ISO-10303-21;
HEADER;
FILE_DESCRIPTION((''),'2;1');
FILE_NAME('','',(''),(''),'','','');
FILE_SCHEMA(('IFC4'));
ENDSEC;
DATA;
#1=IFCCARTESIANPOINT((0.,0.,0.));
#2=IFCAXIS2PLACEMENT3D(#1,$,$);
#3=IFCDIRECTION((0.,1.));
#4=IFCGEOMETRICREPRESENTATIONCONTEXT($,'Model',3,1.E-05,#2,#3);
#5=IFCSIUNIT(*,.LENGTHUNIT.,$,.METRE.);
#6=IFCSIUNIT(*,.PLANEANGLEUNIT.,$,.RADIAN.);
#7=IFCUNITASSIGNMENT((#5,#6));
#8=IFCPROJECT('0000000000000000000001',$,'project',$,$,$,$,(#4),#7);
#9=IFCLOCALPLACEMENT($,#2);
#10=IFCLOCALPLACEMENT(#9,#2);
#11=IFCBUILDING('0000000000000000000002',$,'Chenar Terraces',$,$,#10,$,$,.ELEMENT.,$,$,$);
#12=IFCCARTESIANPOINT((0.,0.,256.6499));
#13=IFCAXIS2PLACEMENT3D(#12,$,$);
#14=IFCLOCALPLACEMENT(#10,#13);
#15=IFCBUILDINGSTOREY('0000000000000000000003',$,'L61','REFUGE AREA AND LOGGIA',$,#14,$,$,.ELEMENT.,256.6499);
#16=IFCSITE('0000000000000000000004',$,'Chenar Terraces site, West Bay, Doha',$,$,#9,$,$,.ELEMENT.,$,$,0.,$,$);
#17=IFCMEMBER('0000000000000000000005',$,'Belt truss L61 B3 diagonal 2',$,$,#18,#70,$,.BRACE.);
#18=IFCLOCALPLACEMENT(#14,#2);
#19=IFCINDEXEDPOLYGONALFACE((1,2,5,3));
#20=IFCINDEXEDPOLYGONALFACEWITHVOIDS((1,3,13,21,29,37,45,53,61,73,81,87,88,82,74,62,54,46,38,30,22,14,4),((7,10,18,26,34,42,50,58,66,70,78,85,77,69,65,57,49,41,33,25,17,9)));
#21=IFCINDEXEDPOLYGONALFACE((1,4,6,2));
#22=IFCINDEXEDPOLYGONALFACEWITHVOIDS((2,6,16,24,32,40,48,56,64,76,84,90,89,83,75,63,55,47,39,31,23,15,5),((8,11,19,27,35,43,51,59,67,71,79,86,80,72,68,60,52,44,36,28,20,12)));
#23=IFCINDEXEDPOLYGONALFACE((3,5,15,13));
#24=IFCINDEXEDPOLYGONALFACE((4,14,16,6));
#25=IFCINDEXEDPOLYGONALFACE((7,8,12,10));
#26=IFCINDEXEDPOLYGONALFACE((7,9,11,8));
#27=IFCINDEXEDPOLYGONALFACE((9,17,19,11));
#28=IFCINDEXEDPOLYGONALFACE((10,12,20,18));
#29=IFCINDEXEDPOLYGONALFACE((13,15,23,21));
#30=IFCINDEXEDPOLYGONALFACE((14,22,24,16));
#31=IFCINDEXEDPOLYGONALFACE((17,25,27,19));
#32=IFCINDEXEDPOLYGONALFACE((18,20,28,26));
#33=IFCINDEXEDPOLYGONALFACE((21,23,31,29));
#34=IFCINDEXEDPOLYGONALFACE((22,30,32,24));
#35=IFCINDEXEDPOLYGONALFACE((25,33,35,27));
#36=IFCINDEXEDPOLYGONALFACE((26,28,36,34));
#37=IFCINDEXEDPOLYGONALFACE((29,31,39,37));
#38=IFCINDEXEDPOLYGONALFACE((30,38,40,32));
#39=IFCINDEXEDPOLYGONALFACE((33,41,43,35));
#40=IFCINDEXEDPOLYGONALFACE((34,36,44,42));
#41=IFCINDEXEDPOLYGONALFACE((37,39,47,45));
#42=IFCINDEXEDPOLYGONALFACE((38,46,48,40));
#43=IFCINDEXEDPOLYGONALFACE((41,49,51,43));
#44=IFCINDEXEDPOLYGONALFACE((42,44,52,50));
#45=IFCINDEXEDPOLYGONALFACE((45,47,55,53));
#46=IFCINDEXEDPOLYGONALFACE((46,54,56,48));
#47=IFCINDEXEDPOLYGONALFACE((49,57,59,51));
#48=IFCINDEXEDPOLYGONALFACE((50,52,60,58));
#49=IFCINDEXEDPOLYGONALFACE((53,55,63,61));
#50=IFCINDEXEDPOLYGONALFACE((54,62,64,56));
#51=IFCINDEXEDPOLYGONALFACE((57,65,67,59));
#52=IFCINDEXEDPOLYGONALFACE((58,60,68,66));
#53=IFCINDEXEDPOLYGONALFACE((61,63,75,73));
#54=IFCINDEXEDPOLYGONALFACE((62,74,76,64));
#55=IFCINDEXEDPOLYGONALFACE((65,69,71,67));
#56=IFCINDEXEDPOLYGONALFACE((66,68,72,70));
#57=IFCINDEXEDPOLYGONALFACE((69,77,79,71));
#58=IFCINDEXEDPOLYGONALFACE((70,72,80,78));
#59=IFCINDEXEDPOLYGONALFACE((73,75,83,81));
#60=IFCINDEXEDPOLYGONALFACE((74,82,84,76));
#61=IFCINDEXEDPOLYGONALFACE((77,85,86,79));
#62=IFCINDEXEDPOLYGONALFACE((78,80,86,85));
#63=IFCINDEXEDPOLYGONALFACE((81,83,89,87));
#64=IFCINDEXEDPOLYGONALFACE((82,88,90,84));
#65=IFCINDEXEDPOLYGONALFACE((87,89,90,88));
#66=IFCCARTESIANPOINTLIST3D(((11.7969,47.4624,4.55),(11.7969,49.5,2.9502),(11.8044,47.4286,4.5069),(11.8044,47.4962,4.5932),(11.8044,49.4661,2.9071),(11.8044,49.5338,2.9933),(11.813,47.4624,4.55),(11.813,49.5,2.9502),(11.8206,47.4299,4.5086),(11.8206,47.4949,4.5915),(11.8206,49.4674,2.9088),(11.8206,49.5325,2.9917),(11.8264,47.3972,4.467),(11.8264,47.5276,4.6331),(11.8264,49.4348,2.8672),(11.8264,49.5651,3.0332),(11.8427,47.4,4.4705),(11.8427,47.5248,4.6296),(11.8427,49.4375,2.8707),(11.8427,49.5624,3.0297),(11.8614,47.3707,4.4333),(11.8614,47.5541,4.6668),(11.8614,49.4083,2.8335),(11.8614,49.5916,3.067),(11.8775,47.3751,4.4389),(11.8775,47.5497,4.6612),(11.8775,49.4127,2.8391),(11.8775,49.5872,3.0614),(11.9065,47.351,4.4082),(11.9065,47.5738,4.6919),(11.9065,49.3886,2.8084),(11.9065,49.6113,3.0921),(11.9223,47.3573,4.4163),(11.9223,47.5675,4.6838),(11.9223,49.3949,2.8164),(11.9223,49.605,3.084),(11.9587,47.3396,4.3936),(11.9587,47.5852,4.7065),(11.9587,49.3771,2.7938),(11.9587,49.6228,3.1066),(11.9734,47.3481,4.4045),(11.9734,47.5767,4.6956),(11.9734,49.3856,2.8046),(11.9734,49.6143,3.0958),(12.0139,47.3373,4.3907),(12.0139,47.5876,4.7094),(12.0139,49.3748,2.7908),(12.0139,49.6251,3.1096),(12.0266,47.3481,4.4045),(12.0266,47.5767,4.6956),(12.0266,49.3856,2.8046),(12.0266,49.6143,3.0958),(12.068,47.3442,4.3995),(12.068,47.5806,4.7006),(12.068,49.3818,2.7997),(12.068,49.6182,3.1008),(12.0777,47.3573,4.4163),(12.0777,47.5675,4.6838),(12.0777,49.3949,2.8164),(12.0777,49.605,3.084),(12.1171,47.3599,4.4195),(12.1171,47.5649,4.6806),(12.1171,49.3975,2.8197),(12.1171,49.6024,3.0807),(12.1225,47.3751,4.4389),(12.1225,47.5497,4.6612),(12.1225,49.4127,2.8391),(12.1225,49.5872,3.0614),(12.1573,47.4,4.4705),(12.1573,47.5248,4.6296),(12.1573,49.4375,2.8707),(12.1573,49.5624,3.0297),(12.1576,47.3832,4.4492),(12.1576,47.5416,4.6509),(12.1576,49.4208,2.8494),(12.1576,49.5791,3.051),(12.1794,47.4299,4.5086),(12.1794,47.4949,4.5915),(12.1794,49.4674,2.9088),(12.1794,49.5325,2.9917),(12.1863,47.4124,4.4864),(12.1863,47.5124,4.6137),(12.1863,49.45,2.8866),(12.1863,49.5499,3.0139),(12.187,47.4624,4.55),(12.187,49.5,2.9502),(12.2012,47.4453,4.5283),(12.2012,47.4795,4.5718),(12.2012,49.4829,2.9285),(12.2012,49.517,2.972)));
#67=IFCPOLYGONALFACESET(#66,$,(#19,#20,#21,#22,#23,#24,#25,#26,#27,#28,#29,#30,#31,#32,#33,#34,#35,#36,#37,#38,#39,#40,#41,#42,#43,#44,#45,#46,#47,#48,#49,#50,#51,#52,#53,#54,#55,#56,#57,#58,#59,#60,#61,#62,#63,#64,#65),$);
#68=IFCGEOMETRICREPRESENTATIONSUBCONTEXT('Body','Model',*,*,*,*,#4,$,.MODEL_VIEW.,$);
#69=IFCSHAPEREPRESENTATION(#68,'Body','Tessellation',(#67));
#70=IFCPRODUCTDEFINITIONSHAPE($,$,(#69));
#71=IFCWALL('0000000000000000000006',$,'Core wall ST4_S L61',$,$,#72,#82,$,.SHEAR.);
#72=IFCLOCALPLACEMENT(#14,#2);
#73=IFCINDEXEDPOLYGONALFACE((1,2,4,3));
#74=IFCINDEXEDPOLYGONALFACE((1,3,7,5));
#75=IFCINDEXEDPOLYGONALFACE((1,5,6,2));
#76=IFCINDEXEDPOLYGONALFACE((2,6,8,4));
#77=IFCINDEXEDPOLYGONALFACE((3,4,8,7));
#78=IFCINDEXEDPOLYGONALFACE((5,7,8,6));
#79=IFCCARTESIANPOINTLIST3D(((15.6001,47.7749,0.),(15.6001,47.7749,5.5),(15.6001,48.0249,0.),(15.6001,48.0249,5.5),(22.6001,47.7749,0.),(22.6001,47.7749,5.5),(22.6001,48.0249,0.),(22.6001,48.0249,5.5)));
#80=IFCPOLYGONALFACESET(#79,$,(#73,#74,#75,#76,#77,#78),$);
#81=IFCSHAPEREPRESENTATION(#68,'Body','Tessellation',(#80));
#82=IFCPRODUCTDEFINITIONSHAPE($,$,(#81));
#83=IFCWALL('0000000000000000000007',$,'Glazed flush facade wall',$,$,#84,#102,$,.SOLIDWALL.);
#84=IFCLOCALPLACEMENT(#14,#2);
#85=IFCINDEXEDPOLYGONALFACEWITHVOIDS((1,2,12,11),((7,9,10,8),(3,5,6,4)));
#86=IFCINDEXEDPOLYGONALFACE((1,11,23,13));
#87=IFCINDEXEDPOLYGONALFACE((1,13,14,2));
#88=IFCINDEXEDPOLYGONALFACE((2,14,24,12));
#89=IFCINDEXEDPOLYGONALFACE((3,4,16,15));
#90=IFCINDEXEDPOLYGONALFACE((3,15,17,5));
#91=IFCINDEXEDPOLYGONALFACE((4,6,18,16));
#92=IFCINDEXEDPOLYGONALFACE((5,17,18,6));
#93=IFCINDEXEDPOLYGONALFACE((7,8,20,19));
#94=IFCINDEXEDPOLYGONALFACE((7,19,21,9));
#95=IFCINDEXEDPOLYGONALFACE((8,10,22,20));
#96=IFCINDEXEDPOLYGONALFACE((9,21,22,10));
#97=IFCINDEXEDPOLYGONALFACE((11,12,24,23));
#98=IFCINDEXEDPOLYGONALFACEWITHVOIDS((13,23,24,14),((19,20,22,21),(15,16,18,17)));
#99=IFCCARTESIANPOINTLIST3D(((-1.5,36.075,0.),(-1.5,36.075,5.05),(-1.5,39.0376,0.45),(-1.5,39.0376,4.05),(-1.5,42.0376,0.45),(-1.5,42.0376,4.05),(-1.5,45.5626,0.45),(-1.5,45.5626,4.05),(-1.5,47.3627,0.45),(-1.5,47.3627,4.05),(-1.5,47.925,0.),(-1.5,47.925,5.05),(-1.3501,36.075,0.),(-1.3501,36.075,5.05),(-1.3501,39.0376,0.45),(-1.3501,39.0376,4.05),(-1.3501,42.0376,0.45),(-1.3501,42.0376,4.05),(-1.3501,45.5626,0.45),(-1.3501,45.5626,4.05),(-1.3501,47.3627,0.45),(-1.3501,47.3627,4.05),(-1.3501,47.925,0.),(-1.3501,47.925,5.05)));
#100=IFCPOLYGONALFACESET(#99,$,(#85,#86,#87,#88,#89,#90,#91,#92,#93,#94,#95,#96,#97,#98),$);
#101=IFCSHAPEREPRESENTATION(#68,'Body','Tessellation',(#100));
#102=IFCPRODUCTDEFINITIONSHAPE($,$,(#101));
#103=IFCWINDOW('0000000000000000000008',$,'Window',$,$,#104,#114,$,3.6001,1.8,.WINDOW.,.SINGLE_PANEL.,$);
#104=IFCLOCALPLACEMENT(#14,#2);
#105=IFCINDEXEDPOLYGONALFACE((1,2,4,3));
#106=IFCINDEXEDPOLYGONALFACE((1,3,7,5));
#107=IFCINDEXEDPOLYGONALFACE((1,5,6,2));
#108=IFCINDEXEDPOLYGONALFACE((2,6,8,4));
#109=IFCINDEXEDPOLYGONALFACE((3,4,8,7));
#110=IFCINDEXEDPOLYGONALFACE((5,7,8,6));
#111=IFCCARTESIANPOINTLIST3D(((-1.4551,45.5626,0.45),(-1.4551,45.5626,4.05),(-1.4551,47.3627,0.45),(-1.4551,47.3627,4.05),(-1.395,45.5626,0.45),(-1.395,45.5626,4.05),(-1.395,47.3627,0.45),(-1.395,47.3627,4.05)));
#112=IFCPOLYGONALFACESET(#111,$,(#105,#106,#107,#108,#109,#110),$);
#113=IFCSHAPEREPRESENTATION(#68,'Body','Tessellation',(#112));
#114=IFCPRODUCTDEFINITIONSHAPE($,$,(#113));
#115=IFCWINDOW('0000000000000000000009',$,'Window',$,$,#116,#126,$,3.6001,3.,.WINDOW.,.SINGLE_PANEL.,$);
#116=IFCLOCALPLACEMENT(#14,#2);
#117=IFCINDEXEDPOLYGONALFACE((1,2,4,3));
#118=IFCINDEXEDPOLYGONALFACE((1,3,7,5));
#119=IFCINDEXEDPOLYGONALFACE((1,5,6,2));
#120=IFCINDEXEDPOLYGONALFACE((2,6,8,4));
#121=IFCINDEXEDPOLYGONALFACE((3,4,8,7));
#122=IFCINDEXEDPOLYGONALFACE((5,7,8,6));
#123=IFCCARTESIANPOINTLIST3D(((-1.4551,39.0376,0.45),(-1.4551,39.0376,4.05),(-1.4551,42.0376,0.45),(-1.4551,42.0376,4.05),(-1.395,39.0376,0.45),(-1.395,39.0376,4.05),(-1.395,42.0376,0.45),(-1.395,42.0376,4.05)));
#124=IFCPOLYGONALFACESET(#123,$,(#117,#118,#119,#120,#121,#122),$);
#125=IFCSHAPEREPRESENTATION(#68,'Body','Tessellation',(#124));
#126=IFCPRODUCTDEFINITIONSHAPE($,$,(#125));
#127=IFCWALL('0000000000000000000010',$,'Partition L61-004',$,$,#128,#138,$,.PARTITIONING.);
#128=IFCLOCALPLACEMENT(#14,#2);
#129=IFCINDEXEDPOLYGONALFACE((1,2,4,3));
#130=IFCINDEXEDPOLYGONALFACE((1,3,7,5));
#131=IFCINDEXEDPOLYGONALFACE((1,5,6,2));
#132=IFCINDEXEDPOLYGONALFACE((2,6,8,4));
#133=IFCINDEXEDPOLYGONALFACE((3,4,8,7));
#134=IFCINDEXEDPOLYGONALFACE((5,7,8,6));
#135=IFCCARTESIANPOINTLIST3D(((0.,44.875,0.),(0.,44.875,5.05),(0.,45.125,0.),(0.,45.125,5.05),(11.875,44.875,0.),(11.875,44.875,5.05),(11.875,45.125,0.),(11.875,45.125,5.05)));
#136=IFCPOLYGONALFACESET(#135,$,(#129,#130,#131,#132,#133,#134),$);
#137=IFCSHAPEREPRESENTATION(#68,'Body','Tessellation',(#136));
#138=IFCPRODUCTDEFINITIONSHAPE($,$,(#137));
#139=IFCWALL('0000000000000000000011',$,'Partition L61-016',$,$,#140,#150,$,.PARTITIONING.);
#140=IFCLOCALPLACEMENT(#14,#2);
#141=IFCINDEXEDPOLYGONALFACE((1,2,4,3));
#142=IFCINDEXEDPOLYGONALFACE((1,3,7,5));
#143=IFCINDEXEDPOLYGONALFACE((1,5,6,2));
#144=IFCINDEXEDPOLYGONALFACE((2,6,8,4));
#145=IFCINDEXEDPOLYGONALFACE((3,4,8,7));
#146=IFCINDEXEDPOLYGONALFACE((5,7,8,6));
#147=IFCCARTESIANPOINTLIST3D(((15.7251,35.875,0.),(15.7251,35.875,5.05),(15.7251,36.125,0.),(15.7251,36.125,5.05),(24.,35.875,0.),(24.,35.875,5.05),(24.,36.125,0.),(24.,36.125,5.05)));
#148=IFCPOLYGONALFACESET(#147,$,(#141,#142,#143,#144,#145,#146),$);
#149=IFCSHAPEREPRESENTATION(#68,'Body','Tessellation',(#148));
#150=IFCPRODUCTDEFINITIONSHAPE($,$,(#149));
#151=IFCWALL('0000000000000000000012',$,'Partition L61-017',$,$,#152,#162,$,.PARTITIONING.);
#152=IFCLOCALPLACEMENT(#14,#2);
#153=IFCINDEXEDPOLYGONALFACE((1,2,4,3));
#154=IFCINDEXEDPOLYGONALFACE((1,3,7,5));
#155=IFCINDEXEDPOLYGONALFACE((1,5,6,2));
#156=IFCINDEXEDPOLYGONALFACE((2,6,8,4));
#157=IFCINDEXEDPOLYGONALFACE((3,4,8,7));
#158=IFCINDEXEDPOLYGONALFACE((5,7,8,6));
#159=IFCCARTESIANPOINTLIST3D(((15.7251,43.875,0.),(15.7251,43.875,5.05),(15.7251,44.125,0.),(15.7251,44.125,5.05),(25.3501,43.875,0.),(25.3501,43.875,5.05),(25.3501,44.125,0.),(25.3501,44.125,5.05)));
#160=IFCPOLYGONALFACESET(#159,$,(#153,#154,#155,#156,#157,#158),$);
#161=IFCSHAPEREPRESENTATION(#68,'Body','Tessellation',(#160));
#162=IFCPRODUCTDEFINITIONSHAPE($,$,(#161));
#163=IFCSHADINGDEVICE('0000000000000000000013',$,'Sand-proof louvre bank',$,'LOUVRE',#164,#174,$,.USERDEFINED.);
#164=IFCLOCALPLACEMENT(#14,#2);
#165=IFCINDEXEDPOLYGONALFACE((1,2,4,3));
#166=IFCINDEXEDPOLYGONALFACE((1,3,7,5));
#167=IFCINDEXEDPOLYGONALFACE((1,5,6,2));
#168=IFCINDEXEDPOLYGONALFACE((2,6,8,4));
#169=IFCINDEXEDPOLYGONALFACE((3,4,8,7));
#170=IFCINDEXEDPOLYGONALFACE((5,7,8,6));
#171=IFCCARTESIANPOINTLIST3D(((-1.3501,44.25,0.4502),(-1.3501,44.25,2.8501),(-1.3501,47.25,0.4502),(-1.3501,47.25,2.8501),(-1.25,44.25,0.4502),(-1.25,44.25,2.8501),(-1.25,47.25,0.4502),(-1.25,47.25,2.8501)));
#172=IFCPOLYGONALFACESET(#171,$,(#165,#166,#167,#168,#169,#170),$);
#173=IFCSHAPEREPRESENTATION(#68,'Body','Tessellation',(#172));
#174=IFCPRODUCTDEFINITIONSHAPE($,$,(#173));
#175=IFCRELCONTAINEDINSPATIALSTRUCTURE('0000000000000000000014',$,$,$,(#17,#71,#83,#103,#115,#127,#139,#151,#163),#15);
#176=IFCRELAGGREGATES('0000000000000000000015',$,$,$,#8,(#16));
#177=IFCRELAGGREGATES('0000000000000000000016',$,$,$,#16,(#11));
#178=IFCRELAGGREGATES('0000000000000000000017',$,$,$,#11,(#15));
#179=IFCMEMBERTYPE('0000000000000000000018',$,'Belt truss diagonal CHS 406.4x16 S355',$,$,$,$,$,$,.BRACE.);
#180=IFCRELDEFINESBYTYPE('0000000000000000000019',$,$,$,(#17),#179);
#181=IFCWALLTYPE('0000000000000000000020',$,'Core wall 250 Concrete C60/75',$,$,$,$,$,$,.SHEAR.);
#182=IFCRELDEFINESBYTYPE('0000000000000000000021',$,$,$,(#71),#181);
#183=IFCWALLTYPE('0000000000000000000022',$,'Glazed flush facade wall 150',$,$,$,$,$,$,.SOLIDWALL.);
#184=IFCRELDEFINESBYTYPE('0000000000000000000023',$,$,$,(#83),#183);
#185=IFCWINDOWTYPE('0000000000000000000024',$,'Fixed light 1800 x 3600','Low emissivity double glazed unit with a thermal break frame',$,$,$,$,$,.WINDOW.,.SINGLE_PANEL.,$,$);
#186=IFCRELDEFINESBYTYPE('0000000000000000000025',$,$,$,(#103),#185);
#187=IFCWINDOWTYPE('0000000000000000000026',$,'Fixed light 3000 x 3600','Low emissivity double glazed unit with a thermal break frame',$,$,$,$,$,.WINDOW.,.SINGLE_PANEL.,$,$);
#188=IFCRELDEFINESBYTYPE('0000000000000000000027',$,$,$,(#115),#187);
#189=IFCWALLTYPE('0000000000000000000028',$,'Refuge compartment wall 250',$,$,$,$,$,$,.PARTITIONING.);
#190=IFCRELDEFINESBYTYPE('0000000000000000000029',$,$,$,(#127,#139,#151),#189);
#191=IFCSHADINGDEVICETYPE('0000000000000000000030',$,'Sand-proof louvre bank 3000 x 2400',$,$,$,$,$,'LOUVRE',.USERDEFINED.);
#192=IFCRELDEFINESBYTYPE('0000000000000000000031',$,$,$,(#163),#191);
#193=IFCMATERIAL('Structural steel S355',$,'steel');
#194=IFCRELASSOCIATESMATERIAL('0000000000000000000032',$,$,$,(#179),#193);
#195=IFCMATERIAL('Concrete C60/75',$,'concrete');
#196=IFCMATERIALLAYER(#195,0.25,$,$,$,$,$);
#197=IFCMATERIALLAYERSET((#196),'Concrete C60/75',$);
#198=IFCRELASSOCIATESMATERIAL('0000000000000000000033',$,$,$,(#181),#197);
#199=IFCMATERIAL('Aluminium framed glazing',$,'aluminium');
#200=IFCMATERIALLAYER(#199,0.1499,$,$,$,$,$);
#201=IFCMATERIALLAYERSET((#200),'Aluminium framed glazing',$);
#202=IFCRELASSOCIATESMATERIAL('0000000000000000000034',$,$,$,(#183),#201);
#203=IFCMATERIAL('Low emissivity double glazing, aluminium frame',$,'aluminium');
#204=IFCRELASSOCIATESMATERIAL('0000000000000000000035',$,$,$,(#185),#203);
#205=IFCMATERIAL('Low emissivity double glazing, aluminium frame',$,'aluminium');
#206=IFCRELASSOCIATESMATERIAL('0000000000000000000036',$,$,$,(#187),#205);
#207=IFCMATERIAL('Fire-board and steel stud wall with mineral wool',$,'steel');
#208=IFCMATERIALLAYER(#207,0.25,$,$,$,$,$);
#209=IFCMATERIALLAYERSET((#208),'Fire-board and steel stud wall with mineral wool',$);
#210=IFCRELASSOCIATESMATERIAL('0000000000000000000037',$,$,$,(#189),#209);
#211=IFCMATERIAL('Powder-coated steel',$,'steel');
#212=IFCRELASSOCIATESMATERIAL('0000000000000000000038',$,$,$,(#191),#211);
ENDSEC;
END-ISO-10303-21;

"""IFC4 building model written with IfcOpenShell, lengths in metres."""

from ifc_helpers import new_model, si_unit, direction, frame, frame_2d, origin, origin_2d, place, context, subcontext, project, spatial, rectangle, hollow_circle, extrude, material, layer, layer_set, material_profile, profile_set, type_object, element, fill, save


model = new_model("IFC4")

# Units and contexts
model_context = context("Model", 3, precision=1e-05, world=origin(), true_north=direction((0.0, 1.0)))
body_context = subcontext(model_context, "Body", "Model", "MODEL_VIEW")
ifc_project = project(units=[si_unit("LENGTHUNIT", "METRE"), si_unit("PLANEANGLEUNIT", "RADIAN")], contexts=[model_context])

# Site, building, storey
site_placement = place(None, origin())
site = spatial("IfcSite", under=ifc_project, at=site_placement, Name="Chenar Terraces site, West Bay, Doha", CompositionType="ELEMENT", RefElevation=0.0)
building_placement = place(site_placement, origin())
building = spatial("IfcBuilding", under=site, at=building_placement, Name="Chenar Terraces", CompositionType="ELEMENT")
storey_placement = place(building_placement, frame((0.0, 0.0, 256.6499)))
storey = spatial("IfcBuildingStorey", under=building, at=storey_placement, Name="L61", Description="REFUGE AREA AND LOGGIA", CompositionType="ELEMENT", Elevation=256.6499)

# Shared definitions
placement = place(storey_placement, frame((0.0, 45.0, 0.0), z_axis=(0.0, 0.0, 1.0), x_axis=(1.0, 0.0, 0.0)))

# Member
ifc_material_1 = material(Name="Structural steel S355", Category="steel")
ifc_material_profile_1 = material_profile(ifc_material_1, hollow_circle(Radius=0.2031, WallThickness=0.0161, at=origin_2d()), Name="CHS 406.4x16")
ifc_profile_set_1 = profile_set([ifc_material_profile_1], Name="Structural steel S355")
member_type = type_object("IfcMemberType", Name="Belt truss diagonal CHS 406.4x16 S355", PredefinedType="BRACE", material=ifc_profile_set_1)
member_1_placement = place(storey_placement, frame((12.0, 47.4624, 4.55), z_axis=(0.0, 0.786528, -0.617555), x_axis=(-1.0, 0.0, 0.0)))
element("IfcMember", 1, at=member_1_placement, inside=storey, type_object=member_type, Name="Belt truss L61 B3 diagonal 2", PredefinedType="BRACE", context=body_context, shape_type="SweptSolid", body=[
    extrude(hollow_circle(Radius=0.2031, WallThickness=0.0161, at=origin_2d()), origin(), (0.0, 0.0, 1.0), 2.5906),
])

# Wall
ifc_material_2 = material(Name="Concrete C60/75", Category="concrete")
ifc_layer_1 = layer(ifc_material_2, 0.25)
ifc_layer_set_1 = layer_set([ifc_layer_1], Name="Concrete C60/75")
wall_type_1 = type_object("IfcWallType", Name="Core wall 250 Concrete C60/75", PredefinedType="SHEAR", material=ifc_layer_set_1)
wall_1_placement = place(storey_placement, frame((15.6001, 47.8999, 0.0), z_axis=(0.0, 0.0, 1.0), x_axis=(1.0, 0.0, 0.0)))
element("IfcWall", 2, at=wall_1_placement, inside=storey, type_object=wall_type_1, Name="Core wall ST4_S L61", PredefinedType="SHEAR", context=body_context, shape_type="SweptSolid", body=[
    extrude(rectangle(XDim=7.0, YDim=0.25, at=frame_2d((3.5, 0.0))), origin(), (0.0, 0.0, 1.0), 5.5),
])

# Wall, openings, windows
ifc_material_3 = material(Name="Aluminium framed glazing", Category="aluminium")
ifc_layer_2 = layer(ifc_material_3, 0.1499)
ifc_layer_set_2 = layer_set([ifc_layer_2], Name="Aluminium framed glazing")
wall_type_2 = type_object("IfcWallType", Name="Glazed flush facade wall 150", PredefinedType="SOLIDWALL", material=ifc_layer_set_2)
wall_2_placement = place(storey_placement, frame((-1.425, 47.925, 0.0), z_axis=(0.0, 0.0, 1.0), x_axis=(0.0, -1.0, 0.0)))
wall_2 = element("IfcWall", 3, at=wall_2_placement, inside=storey, type_object=wall_type_2, Name="Glazed flush facade wall", PredefinedType="SOLIDWALL", context=body_context, shape_type="SweptSolid", body=[
    extrude(rectangle(XDim=11.8501, YDim=0.1499, at=frame_2d((5.925, 0.0))), origin(), (0.0, 0.0, 1.0), 5.05),
])
opening_1_placement = place(wall_2_placement, frame((0.5625, 0.0, 0.45)))
opening_1 = element("IfcOpeningElement", 4, at=opening_1_placement, cuts=wall_2, PredefinedType="OPENING", context=body_context, shape_type="SweptSolid", body=[
    extrude(rectangle(XDim=1.8, YDim=3.6001, at=frame_2d((0.8999, 1.8))), frame((0.0, 0.085, 0.0), z_axis=(0.0, -1.0, 0.0), x_axis=(1.0, 0.0, 0.0)), (0.0, 0.0, 1.0), 0.1699),
])
opening_2_placement = place(wall_2_placement, frame((5.8875, 0.0, 0.45)))
opening_2 = element("IfcOpeningElement", 5, at=opening_2_placement, cuts=wall_2, PredefinedType="OPENING", context=body_context, shape_type="SweptSolid", body=[
    extrude(rectangle(XDim=3.0, YDim=3.6001, at=frame_2d((1.5, 1.8))), frame((0.0, 0.085, 0.0), z_axis=(0.0, -1.0, 0.0), x_axis=(1.0, 0.0, 0.0)), (0.0, 0.0, 1.0), 0.1699),
])
ifc_material_4 = material(Name="Low emissivity double glazing, aluminium frame", Category="aluminium")
window_type_1 = type_object("IfcWindowType", Name="Fixed light 1800 x 3600", Description="Low emissivity double glazed unit with a thermal break frame", PartitioningType="SINGLE_PANEL", PredefinedType="WINDOW", material=ifc_material_4)
window_1_placement = place(opening_1_placement, origin())
window_1 = element("IfcWindow", 6, at=window_1_placement, inside=storey, type_object=window_type_1, Name="Window", OverallHeight=3.6001, OverallWidth=1.8, PartitioningType="SINGLE_PANEL", PredefinedType="WINDOW", context=body_context, shape_type="SweptSolid", body=[
    extrude(rectangle(XDim=1.8, YDim=3.6001, at=frame_2d((0.8999, 1.8))), frame((0.0, 0.03, 0.0), z_axis=(0.0, -1.0, 0.0), x_axis=(1.0, 0.0, 0.0)), (0.0, 0.0, 1.0), 0.0601),
])
fill(opening_1, window_1)
ifc_material_5 = material(Name="Low emissivity double glazing, aluminium frame", Category="aluminium")
window_type_2 = type_object("IfcWindowType", Name="Fixed light 3000 x 3600", Description="Low emissivity double glazed unit with a thermal break frame", PartitioningType="SINGLE_PANEL", PredefinedType="WINDOW", material=ifc_material_5)
window_2_placement = place(opening_2_placement, origin())
window_2 = element("IfcWindow", 7, at=window_2_placement, inside=storey, type_object=window_type_2, Name="Window", OverallHeight=3.6001, OverallWidth=3.0, PartitioningType="SINGLE_PANEL", PredefinedType="WINDOW", context=body_context, shape_type="SweptSolid", body=[
    extrude(rectangle(XDim=3.0, YDim=3.6001, at=frame_2d((1.5, 1.8))), frame((0.0, 0.03, 0.0), z_axis=(0.0, -1.0, 0.0), x_axis=(1.0, 0.0, 0.0)), (0.0, 0.0, 1.0), 0.0601),
])
fill(opening_2, window_2)

# Walls
ifc_material_6 = material(Name="Fire-board and steel stud wall with mineral wool", Category="steel")
ifc_layer_3 = layer(ifc_material_6, 0.25)
ifc_layer_set_3 = layer_set([ifc_layer_3], Name="Fire-board and steel stud wall with mineral wool")
wall_type_3 = type_object("IfcWallType", Name="Refuge compartment wall 250", PredefinedType="PARTITIONING", material=ifc_layer_set_3)
element("IfcWall", 8, at=placement, inside=storey, type_object=wall_type_3, Name="Partition L61-004", PredefinedType="PARTITIONING", context=body_context, shape_type="SweptSolid", body=[
    extrude(rectangle(XDim=11.875, YDim=0.25, at=frame_2d((5.9375, 0.0))), origin(), (0.0, 0.0, 1.0), 5.05),
])
wall_3_placement = place(storey_placement, frame((15.7251, 36.0, 0.0), z_axis=(0.0, 0.0, 1.0), x_axis=(1.0, 0.0, 0.0)))
element("IfcWall", 9, at=wall_3_placement, inside=storey, type_object=wall_type_3, Name="Partition L61-016", PredefinedType="PARTITIONING", context=body_context, shape_type="SweptSolid", body=[
    extrude(rectangle(XDim=8.2749, YDim=0.25, at=frame_2d((4.1375, 0.0))), origin(), (0.0, 0.0, 1.0), 5.05),
])
wall_4_placement = place(storey_placement, frame((15.7251, 44.0, 0.0), z_axis=(0.0, 0.0, 1.0), x_axis=(1.0, 0.0, 0.0)))
element("IfcWall", 10, at=wall_4_placement, inside=storey, type_object=wall_type_3, Name="Partition L61-017", PredefinedType="PARTITIONING", context=body_context, shape_type="SweptSolid", body=[
    extrude(rectangle(XDim=9.625, YDim=0.25, at=frame_2d((4.8125, 0.0))), origin(), (0.0, 0.0, 1.0), 5.05),
])

# Shading device
ifc_material_7 = material(Name="Powder-coated steel", Category="steel")
shading_device_type = type_object("IfcShadingDeviceType", Name="Sand-proof louvre bank 3000 x 2400", ElementType="LOUVRE", PredefinedType="USERDEFINED", material=ifc_material_7)
for number, where, z_axis, x_axis, name in (
    (11, (-1.3, 45.75, 0.4502), (0.0, 0.0, 1.0), (0.0, -1.0, 0.0), "Sand-proof louvre bank"),
):
    element("IfcShadingDevice", number, at=place(storey_placement, frame(where, z_axis=z_axis, x_axis=x_axis)), inside=storey, type_object=shading_device_type, Name=name, ObjectType="LOUVRE", PredefinedType="USERDEFINED", context=body_context, shape_type="SweptSolid", body=[
        extrude(rectangle(XDim=3.0, YDim=0.1001, at=origin_2d()), origin(), (0.0, 0.0, 1.0), 2.3999),
    ])

save(model, "model.ifc")
